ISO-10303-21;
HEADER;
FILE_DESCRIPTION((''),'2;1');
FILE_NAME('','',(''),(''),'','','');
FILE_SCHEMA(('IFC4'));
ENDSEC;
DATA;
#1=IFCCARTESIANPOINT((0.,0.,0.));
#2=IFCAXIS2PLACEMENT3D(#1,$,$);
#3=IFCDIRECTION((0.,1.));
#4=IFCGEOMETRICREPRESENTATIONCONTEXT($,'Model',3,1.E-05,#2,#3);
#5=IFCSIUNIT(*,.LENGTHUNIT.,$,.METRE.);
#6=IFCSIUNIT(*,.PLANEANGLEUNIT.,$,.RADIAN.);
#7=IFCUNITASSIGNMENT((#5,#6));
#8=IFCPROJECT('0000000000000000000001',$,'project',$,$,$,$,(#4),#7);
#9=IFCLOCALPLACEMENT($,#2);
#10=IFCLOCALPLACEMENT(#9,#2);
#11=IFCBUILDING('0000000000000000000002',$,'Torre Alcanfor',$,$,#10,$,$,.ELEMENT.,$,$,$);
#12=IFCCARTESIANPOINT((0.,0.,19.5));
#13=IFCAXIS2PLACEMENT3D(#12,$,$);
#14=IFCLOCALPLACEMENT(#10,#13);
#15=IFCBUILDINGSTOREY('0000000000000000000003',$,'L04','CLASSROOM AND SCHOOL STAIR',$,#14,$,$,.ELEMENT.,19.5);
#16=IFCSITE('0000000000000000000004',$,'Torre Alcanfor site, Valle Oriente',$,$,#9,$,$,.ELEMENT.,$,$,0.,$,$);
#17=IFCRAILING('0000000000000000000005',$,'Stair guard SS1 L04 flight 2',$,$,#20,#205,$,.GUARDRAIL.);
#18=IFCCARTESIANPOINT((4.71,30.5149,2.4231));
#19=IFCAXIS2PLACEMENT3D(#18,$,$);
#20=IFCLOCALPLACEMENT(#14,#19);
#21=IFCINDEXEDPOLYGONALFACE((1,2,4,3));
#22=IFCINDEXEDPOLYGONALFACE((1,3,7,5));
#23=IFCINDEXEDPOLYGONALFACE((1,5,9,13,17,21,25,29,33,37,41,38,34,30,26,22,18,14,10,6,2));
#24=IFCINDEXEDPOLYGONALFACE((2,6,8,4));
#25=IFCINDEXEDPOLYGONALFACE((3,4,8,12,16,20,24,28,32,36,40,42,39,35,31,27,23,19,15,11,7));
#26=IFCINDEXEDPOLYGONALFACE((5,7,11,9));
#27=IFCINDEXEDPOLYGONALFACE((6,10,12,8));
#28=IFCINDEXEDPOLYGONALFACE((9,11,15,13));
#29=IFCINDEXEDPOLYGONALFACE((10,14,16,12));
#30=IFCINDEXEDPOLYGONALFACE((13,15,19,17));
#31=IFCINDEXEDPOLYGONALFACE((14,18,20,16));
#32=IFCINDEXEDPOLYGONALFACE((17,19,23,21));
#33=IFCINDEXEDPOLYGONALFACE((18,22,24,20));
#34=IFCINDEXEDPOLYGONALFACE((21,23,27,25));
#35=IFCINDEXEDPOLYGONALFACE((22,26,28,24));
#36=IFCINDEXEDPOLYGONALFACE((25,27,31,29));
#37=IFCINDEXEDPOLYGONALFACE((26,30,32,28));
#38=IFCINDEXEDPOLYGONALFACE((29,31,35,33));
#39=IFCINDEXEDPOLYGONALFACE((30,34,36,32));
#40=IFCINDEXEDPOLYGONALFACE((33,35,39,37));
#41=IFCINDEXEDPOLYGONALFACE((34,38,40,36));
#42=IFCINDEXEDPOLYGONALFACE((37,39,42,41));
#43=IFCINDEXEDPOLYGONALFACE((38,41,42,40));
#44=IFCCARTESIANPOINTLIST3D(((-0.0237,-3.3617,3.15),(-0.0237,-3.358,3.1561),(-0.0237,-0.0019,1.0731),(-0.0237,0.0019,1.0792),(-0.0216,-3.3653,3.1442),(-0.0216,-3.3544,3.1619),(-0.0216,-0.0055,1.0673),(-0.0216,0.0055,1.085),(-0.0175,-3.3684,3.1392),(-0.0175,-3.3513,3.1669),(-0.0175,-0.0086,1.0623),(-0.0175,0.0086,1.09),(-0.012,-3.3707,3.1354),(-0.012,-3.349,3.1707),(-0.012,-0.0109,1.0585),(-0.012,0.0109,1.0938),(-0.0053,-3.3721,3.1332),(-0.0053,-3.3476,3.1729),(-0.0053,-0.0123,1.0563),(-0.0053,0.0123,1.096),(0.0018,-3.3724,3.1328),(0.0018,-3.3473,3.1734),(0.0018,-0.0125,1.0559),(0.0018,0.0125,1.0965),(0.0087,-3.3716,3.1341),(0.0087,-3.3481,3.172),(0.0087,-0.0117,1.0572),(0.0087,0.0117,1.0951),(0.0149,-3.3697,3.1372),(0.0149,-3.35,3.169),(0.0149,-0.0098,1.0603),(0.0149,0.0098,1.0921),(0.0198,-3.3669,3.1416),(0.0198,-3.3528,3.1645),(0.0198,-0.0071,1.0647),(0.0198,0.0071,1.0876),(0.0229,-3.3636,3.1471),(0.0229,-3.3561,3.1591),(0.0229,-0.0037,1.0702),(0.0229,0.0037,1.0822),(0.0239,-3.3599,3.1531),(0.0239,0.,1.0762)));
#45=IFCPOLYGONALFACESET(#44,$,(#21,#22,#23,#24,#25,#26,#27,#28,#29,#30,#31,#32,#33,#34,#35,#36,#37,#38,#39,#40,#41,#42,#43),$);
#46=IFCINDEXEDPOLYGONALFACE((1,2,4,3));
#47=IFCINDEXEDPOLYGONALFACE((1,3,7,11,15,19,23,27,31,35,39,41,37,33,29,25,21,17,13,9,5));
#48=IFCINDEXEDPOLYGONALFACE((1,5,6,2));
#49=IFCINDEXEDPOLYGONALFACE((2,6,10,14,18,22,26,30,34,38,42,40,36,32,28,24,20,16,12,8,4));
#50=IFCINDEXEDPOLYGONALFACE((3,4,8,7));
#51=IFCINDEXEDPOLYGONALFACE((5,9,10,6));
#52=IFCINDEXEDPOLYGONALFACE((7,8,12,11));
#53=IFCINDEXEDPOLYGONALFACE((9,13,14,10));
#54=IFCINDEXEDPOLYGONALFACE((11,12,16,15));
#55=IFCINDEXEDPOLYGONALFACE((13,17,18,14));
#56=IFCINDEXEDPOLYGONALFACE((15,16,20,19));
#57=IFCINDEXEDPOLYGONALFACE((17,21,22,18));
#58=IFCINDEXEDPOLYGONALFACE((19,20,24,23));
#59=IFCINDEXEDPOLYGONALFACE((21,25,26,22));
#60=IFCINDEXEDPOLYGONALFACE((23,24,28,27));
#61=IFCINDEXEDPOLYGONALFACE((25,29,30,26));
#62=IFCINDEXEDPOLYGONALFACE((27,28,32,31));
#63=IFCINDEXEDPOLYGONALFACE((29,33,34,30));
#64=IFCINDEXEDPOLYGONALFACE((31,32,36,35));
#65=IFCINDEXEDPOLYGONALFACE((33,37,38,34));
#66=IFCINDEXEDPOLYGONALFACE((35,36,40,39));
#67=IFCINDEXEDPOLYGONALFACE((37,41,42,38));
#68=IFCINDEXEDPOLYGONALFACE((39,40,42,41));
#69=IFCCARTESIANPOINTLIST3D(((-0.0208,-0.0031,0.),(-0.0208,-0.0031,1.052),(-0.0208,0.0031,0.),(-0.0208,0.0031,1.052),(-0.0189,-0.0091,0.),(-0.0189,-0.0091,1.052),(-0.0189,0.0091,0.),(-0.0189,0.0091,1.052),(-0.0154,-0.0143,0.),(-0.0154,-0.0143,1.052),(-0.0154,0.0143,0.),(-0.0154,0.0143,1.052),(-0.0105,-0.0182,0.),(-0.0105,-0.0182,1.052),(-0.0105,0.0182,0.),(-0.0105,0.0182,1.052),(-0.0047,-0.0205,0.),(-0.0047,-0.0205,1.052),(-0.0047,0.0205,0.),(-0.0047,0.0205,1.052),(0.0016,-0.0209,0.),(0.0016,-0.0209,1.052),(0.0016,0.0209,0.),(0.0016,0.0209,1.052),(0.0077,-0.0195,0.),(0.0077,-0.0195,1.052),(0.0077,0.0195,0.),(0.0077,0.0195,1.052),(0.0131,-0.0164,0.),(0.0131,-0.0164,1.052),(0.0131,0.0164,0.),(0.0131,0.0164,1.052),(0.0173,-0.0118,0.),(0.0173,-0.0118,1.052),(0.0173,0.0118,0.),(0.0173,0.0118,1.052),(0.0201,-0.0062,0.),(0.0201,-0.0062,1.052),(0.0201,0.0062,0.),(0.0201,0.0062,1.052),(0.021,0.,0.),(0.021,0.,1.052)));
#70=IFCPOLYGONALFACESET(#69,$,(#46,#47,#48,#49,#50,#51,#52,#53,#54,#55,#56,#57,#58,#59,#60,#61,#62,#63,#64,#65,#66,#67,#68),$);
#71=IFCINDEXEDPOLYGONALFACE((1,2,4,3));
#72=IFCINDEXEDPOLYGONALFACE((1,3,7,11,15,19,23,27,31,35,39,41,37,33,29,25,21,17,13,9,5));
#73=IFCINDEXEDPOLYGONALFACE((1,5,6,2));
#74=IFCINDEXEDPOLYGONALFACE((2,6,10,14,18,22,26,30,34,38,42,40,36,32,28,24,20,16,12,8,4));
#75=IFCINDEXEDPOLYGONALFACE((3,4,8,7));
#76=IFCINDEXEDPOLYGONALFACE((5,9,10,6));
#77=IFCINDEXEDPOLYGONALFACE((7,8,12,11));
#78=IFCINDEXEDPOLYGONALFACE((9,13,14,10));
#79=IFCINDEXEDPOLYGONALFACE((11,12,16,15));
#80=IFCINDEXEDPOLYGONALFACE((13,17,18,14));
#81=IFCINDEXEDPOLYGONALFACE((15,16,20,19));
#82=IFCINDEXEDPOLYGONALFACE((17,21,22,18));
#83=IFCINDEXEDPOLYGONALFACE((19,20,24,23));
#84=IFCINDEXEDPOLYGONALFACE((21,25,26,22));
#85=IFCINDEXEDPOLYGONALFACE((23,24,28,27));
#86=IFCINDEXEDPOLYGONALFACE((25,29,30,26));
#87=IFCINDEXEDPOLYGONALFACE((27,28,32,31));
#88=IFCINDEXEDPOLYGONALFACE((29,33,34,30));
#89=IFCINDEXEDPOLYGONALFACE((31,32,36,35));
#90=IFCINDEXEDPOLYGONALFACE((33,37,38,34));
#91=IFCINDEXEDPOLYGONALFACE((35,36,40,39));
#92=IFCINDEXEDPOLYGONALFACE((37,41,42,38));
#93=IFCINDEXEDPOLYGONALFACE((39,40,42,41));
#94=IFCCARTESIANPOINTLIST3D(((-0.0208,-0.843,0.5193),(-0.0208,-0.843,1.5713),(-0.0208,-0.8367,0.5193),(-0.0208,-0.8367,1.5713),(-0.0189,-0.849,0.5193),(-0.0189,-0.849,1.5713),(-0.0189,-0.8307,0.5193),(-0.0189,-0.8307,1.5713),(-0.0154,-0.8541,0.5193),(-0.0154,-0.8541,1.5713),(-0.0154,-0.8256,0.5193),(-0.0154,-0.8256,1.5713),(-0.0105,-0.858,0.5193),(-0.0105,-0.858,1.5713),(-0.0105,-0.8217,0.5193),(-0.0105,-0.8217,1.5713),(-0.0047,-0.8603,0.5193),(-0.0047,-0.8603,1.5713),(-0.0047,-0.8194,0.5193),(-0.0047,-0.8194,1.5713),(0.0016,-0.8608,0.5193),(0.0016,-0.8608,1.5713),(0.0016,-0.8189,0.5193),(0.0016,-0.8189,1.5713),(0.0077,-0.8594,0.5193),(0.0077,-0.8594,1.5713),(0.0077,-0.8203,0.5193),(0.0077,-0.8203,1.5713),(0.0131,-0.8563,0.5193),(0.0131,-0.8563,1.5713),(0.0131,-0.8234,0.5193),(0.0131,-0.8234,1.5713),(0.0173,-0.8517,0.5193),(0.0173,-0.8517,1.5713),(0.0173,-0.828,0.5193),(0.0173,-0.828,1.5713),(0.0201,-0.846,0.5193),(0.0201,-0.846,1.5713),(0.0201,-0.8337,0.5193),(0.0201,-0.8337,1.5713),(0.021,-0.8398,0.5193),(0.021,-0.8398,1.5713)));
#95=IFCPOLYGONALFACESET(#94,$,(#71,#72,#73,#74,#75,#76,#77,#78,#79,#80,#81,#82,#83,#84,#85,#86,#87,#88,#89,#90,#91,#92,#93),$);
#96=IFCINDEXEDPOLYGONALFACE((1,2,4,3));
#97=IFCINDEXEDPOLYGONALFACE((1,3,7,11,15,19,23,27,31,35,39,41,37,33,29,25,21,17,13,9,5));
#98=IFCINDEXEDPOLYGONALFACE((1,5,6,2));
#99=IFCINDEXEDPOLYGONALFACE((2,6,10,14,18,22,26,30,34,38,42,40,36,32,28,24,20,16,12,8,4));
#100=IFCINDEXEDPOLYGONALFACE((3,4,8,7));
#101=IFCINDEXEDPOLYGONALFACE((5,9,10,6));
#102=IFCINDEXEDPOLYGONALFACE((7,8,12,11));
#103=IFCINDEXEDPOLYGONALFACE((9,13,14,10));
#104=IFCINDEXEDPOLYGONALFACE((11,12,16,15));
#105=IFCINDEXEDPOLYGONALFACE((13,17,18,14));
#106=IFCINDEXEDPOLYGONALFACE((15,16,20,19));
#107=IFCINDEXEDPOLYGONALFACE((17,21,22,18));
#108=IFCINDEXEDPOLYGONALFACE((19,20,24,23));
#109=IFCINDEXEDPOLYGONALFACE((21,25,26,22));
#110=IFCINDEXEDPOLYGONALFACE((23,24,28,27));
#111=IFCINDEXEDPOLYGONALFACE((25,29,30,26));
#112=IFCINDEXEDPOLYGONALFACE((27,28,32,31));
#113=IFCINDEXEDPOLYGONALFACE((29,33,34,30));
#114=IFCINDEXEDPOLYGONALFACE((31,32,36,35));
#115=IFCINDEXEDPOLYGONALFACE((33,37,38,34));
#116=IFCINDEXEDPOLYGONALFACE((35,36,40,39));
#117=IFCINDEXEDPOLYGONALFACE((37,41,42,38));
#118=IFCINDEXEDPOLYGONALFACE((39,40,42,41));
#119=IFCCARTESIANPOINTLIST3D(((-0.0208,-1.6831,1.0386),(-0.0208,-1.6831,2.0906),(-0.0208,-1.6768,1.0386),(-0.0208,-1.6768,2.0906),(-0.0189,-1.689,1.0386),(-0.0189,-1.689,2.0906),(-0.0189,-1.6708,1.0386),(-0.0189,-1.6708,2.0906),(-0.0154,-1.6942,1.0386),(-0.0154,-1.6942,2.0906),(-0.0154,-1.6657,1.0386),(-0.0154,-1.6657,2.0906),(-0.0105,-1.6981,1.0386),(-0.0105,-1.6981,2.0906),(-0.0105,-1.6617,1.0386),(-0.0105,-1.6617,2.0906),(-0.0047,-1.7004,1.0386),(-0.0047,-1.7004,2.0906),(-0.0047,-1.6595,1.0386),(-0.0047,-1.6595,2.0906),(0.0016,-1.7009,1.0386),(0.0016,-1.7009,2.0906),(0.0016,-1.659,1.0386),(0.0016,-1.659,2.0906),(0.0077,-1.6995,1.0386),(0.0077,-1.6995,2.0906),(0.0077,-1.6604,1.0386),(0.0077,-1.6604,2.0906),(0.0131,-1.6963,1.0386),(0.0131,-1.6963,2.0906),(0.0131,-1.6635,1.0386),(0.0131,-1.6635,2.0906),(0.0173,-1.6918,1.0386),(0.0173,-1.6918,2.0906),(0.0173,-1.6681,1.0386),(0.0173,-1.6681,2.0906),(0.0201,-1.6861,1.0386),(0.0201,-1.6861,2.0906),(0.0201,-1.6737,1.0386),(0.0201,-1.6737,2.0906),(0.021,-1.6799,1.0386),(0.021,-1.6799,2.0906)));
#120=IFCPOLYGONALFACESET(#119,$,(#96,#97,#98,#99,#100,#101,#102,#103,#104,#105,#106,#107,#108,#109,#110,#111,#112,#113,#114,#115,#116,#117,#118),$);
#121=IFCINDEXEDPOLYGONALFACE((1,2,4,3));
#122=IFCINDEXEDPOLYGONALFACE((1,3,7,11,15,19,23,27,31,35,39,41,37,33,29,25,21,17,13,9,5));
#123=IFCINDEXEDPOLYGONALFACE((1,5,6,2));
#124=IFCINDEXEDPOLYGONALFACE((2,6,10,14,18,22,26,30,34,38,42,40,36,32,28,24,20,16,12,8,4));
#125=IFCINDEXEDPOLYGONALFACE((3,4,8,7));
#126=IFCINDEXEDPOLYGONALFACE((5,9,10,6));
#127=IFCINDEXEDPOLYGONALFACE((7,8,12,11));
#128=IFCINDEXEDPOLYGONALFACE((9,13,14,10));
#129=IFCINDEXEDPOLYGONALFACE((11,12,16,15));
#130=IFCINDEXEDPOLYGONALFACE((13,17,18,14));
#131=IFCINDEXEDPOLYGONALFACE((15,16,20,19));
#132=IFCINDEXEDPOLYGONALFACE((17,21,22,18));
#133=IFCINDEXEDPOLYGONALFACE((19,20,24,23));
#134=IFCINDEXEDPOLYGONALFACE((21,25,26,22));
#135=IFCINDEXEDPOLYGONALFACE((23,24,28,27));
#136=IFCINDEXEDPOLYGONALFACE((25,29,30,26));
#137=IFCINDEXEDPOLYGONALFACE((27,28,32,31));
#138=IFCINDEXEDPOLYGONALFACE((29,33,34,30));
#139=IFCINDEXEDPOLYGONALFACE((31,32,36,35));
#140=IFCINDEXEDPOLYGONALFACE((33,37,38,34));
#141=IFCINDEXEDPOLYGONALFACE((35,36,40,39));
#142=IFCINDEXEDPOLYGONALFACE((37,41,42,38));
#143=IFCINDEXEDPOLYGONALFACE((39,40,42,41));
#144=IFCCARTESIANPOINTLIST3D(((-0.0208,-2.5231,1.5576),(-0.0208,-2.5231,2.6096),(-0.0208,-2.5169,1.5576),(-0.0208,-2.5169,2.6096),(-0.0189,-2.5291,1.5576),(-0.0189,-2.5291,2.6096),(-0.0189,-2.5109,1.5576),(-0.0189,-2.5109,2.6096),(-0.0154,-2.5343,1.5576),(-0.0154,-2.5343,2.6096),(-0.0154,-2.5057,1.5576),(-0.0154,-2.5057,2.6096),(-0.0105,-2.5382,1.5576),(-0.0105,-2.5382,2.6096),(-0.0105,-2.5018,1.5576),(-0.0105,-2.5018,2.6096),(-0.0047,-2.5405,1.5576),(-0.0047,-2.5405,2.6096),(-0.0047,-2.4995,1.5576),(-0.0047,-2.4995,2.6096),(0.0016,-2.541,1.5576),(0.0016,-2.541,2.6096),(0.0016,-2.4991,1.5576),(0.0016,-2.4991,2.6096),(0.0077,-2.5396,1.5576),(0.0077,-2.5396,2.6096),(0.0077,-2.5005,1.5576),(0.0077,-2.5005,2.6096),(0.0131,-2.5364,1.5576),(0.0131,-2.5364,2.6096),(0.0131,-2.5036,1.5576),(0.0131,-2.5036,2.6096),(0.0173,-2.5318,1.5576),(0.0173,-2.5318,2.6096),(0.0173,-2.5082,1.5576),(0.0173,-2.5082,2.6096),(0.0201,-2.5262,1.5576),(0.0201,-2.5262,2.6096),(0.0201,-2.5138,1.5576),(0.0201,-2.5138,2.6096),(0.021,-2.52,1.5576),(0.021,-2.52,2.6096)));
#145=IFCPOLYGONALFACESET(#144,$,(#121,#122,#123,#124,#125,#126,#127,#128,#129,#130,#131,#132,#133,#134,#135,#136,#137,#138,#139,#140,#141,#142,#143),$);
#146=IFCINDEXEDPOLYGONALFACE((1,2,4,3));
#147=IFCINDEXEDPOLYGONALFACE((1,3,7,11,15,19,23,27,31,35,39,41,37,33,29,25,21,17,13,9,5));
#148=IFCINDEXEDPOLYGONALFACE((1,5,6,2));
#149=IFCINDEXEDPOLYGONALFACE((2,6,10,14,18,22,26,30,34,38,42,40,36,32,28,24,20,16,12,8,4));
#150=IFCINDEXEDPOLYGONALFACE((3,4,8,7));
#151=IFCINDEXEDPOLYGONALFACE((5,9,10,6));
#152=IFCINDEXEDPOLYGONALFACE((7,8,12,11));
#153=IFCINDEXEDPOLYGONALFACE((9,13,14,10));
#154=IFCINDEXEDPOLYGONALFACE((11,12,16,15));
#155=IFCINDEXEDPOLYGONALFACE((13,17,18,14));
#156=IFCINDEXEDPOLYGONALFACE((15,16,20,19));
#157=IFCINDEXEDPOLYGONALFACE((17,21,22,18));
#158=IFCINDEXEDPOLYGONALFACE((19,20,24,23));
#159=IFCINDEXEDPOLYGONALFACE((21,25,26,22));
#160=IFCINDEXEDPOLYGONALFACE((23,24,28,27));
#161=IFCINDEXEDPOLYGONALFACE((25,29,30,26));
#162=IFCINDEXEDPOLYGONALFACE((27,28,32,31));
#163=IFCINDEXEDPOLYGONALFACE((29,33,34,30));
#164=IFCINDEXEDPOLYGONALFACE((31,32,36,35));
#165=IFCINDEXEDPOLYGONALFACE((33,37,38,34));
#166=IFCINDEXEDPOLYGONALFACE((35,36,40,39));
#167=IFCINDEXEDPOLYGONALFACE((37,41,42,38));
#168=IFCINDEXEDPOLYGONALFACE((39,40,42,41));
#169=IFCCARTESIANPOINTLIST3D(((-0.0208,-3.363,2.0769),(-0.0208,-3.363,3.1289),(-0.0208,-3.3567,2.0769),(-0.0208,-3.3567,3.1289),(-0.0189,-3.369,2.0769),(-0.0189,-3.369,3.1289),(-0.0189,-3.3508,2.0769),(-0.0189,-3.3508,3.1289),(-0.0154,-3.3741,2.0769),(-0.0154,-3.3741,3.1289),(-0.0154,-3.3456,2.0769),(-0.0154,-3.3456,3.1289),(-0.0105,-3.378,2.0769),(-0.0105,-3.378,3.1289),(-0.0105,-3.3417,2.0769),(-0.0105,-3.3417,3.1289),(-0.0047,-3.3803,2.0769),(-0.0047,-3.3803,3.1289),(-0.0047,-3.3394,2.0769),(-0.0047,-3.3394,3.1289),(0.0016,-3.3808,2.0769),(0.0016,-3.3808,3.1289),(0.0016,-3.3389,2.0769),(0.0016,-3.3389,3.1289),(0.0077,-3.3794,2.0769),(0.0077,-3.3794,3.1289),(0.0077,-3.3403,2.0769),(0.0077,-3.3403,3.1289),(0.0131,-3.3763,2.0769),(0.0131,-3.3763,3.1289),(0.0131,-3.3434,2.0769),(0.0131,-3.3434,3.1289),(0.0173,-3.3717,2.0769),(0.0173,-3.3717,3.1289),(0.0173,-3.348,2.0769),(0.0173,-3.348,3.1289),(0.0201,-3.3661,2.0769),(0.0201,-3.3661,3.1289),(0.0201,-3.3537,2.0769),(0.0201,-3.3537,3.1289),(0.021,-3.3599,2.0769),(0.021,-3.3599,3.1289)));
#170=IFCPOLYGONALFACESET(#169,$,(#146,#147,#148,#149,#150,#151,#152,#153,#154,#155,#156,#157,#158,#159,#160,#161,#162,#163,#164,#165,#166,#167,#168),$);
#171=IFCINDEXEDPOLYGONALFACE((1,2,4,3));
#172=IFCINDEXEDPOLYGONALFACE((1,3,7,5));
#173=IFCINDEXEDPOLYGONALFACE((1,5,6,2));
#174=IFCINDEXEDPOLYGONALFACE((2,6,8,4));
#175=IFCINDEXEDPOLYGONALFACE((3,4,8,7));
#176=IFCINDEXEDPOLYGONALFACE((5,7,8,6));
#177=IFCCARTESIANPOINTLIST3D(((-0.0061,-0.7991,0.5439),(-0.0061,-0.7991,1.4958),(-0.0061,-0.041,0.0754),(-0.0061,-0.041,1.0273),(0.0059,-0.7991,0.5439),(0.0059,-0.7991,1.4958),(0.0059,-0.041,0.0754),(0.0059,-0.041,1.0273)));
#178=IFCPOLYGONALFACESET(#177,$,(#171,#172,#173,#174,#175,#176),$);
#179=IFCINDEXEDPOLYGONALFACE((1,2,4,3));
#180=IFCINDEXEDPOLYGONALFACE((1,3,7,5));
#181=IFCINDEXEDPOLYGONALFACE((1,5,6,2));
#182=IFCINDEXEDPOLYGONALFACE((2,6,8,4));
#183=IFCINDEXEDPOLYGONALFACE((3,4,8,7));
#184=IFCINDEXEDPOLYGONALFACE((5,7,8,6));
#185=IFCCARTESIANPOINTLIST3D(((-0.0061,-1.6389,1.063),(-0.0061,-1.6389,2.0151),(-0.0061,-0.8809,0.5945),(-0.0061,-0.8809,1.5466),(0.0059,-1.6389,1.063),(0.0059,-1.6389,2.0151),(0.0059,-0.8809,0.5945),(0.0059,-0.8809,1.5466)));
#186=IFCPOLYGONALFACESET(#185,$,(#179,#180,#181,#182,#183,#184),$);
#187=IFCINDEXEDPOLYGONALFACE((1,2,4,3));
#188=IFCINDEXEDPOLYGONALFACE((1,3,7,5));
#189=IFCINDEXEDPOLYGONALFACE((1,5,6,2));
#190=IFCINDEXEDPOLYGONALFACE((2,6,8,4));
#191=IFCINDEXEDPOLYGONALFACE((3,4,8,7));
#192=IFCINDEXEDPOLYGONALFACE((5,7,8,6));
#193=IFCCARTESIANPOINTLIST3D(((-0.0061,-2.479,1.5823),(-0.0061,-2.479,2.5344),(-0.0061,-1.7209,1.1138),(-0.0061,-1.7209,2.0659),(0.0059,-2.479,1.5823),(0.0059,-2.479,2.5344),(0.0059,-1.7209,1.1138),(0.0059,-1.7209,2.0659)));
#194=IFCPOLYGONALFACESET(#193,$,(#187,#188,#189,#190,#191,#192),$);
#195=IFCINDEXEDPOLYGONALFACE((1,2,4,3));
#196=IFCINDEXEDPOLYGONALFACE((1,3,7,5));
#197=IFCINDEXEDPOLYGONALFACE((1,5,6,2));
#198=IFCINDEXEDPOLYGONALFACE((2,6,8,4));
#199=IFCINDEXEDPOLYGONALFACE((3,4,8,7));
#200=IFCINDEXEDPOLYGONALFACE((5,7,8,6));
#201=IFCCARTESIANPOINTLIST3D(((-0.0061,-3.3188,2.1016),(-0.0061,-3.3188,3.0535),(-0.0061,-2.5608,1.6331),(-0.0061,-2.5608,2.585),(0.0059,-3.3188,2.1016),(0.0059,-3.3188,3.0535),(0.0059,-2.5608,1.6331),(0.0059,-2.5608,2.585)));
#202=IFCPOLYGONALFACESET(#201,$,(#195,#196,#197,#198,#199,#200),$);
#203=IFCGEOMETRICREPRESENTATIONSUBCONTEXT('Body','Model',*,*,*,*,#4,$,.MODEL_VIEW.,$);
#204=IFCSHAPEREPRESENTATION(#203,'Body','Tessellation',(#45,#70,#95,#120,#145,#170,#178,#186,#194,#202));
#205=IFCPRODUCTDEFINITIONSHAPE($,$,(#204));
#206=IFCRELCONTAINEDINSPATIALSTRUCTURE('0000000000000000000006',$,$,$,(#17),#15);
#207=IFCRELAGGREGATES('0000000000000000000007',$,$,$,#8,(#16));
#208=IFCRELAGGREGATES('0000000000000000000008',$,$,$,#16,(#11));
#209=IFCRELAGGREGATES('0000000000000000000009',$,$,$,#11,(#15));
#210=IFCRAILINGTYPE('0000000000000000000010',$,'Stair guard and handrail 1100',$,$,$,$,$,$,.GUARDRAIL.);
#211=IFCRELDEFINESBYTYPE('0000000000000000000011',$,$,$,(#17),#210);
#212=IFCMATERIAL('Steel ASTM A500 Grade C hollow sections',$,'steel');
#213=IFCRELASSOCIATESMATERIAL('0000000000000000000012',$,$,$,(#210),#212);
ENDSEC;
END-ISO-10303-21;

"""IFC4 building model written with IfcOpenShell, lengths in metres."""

from ifc_helpers import new_model, si_unit, direction, frame, origin, origin_2d, place, context, subcontext, project, spatial, polyline, circle, outline, extrude, material, type_object, element, save


model = new_model("IFC4")

# Units and contexts
model_context = context("Model", 3, precision=1e-05, world=origin(), true_north=direction((0.0, 1.0)))
body_context = subcontext(model_context, "Body", "Model", "MODEL_VIEW")
ifc_project = project(units=[si_unit("LENGTHUNIT", "METRE"), si_unit("PLANEANGLEUNIT", "RADIAN")], contexts=[model_context])

# Site, building, storey
site_placement = place(None, origin())
site = spatial("IfcSite", under=ifc_project, at=site_placement, Name="Torre Alcanfor site, Valle Oriente", CompositionType="ELEMENT", RefElevation=0.0)
building_placement = place(site_placement, origin())
building = spatial("IfcBuilding", under=site, at=building_placement, Name="Torre Alcanfor", CompositionType="ELEMENT")
storey_placement = place(building_placement, frame((0.0, 0.0, 19.5)))
storey = spatial("IfcBuildingStorey", under=building, at=storey_placement, Name="L04", Description="CLASSROOM AND SCHOOL STAIR", CompositionType="ELEMENT", Elevation=19.5)

# Railing
ifc_material_1 = material(Name="Steel ASTM A500 Grade C hollow sections", Category="steel")
railing_type_1 = type_object("IfcRailingType", Name="Stair guard and handrail 1100", PredefinedType="GUARDRAIL", material=ifc_material_1)
railing_1_placement = place(storey_placement, frame((4.71, 30.5149, 2.4231)))
element("IfcRailing", 1, at=railing_1_placement, inside=storey, type_object=railing_type_1, Name="Stair guard SS1 L04 flight 2", PredefinedType="GUARDRAIL", context=body_context, shape_type="SweptSolid", body=[
    extrude(circle(Radius=0.0239, at=origin_2d()), frame((0.0, 0.0, 1.0762), z_axis=(0.0, -0.850606, 0.525803), x_axis=(1.0, 0.0, 0.0)), (0.0, 0.0, 1.0), 3.95),
    extrude(circle(Radius=0.021, at=origin_2d()), origin(), (0.0, 0.0, 1.0), 1.052),
    extrude(circle(Radius=0.021, at=origin_2d()), frame((0.0, -0.8398, 0.5193)), (0.0, 0.0, 1.0), 1.052),
    extrude(circle(Radius=0.021, at=origin_2d()), frame((0.0, -1.6799, 1.0386)), (0.0, 0.0, 1.0), 1.052),
    extrude(circle(Radius=0.021, at=origin_2d()), frame((0.0, -2.52, 1.5576)), (0.0, 0.0, 1.0), 1.052),
    extrude(circle(Radius=0.021, at=origin_2d()), frame((0.0, -3.3599, 2.0769)), (0.0, 0.0, 1.0), 1.052),
    extrude(outline(polyline([(0.041, 0.0754), (0.7991, 0.5439), (0.7991, 1.4958), (0.041, 1.0273), (0.041, 0.0754)])), frame((0.0059, 0.0, 0.0), z_axis=(-1.0, 0.0, 0.0), x_axis=(0.0, -1.0, 0.0)), (0.0, 0.0, 1.0), 0.012),
    extrude(outline(polyline([(0.8809, 0.5945), (1.6389, 1.063), (1.6389, 2.0151), (0.8809, 1.5466), (0.8809, 0.5945)])), frame((0.0059, 0.0, 0.0), z_axis=(-1.0, 0.0, 0.0), x_axis=(0.0, -1.0, 0.0)), (0.0, 0.0, 1.0), 0.012),
    extrude(outline(polyline([(1.7209, 1.1138), (2.479, 1.5823), (2.479, 2.5344), (1.7209, 2.0659), (1.7209, 1.1138)])), frame((0.0059, 0.0, 0.0), z_axis=(-1.0, 0.0, 0.0), x_axis=(0.0, -1.0, 0.0)), (0.0, 0.0, 1.0), 0.012),
    extrude(outline(polyline([(2.5608, 1.6331), (3.3188, 2.1016), (3.3188, 3.0535), (2.5608, 2.585), (2.5608, 1.6331)])), frame((0.0059, 0.0, 0.0), z_axis=(-1.0, 0.0, 0.0), x_axis=(0.0, -1.0, 0.0)), (0.0, 0.0, 1.0), 0.012),
])

save(model, "model.ifc")
